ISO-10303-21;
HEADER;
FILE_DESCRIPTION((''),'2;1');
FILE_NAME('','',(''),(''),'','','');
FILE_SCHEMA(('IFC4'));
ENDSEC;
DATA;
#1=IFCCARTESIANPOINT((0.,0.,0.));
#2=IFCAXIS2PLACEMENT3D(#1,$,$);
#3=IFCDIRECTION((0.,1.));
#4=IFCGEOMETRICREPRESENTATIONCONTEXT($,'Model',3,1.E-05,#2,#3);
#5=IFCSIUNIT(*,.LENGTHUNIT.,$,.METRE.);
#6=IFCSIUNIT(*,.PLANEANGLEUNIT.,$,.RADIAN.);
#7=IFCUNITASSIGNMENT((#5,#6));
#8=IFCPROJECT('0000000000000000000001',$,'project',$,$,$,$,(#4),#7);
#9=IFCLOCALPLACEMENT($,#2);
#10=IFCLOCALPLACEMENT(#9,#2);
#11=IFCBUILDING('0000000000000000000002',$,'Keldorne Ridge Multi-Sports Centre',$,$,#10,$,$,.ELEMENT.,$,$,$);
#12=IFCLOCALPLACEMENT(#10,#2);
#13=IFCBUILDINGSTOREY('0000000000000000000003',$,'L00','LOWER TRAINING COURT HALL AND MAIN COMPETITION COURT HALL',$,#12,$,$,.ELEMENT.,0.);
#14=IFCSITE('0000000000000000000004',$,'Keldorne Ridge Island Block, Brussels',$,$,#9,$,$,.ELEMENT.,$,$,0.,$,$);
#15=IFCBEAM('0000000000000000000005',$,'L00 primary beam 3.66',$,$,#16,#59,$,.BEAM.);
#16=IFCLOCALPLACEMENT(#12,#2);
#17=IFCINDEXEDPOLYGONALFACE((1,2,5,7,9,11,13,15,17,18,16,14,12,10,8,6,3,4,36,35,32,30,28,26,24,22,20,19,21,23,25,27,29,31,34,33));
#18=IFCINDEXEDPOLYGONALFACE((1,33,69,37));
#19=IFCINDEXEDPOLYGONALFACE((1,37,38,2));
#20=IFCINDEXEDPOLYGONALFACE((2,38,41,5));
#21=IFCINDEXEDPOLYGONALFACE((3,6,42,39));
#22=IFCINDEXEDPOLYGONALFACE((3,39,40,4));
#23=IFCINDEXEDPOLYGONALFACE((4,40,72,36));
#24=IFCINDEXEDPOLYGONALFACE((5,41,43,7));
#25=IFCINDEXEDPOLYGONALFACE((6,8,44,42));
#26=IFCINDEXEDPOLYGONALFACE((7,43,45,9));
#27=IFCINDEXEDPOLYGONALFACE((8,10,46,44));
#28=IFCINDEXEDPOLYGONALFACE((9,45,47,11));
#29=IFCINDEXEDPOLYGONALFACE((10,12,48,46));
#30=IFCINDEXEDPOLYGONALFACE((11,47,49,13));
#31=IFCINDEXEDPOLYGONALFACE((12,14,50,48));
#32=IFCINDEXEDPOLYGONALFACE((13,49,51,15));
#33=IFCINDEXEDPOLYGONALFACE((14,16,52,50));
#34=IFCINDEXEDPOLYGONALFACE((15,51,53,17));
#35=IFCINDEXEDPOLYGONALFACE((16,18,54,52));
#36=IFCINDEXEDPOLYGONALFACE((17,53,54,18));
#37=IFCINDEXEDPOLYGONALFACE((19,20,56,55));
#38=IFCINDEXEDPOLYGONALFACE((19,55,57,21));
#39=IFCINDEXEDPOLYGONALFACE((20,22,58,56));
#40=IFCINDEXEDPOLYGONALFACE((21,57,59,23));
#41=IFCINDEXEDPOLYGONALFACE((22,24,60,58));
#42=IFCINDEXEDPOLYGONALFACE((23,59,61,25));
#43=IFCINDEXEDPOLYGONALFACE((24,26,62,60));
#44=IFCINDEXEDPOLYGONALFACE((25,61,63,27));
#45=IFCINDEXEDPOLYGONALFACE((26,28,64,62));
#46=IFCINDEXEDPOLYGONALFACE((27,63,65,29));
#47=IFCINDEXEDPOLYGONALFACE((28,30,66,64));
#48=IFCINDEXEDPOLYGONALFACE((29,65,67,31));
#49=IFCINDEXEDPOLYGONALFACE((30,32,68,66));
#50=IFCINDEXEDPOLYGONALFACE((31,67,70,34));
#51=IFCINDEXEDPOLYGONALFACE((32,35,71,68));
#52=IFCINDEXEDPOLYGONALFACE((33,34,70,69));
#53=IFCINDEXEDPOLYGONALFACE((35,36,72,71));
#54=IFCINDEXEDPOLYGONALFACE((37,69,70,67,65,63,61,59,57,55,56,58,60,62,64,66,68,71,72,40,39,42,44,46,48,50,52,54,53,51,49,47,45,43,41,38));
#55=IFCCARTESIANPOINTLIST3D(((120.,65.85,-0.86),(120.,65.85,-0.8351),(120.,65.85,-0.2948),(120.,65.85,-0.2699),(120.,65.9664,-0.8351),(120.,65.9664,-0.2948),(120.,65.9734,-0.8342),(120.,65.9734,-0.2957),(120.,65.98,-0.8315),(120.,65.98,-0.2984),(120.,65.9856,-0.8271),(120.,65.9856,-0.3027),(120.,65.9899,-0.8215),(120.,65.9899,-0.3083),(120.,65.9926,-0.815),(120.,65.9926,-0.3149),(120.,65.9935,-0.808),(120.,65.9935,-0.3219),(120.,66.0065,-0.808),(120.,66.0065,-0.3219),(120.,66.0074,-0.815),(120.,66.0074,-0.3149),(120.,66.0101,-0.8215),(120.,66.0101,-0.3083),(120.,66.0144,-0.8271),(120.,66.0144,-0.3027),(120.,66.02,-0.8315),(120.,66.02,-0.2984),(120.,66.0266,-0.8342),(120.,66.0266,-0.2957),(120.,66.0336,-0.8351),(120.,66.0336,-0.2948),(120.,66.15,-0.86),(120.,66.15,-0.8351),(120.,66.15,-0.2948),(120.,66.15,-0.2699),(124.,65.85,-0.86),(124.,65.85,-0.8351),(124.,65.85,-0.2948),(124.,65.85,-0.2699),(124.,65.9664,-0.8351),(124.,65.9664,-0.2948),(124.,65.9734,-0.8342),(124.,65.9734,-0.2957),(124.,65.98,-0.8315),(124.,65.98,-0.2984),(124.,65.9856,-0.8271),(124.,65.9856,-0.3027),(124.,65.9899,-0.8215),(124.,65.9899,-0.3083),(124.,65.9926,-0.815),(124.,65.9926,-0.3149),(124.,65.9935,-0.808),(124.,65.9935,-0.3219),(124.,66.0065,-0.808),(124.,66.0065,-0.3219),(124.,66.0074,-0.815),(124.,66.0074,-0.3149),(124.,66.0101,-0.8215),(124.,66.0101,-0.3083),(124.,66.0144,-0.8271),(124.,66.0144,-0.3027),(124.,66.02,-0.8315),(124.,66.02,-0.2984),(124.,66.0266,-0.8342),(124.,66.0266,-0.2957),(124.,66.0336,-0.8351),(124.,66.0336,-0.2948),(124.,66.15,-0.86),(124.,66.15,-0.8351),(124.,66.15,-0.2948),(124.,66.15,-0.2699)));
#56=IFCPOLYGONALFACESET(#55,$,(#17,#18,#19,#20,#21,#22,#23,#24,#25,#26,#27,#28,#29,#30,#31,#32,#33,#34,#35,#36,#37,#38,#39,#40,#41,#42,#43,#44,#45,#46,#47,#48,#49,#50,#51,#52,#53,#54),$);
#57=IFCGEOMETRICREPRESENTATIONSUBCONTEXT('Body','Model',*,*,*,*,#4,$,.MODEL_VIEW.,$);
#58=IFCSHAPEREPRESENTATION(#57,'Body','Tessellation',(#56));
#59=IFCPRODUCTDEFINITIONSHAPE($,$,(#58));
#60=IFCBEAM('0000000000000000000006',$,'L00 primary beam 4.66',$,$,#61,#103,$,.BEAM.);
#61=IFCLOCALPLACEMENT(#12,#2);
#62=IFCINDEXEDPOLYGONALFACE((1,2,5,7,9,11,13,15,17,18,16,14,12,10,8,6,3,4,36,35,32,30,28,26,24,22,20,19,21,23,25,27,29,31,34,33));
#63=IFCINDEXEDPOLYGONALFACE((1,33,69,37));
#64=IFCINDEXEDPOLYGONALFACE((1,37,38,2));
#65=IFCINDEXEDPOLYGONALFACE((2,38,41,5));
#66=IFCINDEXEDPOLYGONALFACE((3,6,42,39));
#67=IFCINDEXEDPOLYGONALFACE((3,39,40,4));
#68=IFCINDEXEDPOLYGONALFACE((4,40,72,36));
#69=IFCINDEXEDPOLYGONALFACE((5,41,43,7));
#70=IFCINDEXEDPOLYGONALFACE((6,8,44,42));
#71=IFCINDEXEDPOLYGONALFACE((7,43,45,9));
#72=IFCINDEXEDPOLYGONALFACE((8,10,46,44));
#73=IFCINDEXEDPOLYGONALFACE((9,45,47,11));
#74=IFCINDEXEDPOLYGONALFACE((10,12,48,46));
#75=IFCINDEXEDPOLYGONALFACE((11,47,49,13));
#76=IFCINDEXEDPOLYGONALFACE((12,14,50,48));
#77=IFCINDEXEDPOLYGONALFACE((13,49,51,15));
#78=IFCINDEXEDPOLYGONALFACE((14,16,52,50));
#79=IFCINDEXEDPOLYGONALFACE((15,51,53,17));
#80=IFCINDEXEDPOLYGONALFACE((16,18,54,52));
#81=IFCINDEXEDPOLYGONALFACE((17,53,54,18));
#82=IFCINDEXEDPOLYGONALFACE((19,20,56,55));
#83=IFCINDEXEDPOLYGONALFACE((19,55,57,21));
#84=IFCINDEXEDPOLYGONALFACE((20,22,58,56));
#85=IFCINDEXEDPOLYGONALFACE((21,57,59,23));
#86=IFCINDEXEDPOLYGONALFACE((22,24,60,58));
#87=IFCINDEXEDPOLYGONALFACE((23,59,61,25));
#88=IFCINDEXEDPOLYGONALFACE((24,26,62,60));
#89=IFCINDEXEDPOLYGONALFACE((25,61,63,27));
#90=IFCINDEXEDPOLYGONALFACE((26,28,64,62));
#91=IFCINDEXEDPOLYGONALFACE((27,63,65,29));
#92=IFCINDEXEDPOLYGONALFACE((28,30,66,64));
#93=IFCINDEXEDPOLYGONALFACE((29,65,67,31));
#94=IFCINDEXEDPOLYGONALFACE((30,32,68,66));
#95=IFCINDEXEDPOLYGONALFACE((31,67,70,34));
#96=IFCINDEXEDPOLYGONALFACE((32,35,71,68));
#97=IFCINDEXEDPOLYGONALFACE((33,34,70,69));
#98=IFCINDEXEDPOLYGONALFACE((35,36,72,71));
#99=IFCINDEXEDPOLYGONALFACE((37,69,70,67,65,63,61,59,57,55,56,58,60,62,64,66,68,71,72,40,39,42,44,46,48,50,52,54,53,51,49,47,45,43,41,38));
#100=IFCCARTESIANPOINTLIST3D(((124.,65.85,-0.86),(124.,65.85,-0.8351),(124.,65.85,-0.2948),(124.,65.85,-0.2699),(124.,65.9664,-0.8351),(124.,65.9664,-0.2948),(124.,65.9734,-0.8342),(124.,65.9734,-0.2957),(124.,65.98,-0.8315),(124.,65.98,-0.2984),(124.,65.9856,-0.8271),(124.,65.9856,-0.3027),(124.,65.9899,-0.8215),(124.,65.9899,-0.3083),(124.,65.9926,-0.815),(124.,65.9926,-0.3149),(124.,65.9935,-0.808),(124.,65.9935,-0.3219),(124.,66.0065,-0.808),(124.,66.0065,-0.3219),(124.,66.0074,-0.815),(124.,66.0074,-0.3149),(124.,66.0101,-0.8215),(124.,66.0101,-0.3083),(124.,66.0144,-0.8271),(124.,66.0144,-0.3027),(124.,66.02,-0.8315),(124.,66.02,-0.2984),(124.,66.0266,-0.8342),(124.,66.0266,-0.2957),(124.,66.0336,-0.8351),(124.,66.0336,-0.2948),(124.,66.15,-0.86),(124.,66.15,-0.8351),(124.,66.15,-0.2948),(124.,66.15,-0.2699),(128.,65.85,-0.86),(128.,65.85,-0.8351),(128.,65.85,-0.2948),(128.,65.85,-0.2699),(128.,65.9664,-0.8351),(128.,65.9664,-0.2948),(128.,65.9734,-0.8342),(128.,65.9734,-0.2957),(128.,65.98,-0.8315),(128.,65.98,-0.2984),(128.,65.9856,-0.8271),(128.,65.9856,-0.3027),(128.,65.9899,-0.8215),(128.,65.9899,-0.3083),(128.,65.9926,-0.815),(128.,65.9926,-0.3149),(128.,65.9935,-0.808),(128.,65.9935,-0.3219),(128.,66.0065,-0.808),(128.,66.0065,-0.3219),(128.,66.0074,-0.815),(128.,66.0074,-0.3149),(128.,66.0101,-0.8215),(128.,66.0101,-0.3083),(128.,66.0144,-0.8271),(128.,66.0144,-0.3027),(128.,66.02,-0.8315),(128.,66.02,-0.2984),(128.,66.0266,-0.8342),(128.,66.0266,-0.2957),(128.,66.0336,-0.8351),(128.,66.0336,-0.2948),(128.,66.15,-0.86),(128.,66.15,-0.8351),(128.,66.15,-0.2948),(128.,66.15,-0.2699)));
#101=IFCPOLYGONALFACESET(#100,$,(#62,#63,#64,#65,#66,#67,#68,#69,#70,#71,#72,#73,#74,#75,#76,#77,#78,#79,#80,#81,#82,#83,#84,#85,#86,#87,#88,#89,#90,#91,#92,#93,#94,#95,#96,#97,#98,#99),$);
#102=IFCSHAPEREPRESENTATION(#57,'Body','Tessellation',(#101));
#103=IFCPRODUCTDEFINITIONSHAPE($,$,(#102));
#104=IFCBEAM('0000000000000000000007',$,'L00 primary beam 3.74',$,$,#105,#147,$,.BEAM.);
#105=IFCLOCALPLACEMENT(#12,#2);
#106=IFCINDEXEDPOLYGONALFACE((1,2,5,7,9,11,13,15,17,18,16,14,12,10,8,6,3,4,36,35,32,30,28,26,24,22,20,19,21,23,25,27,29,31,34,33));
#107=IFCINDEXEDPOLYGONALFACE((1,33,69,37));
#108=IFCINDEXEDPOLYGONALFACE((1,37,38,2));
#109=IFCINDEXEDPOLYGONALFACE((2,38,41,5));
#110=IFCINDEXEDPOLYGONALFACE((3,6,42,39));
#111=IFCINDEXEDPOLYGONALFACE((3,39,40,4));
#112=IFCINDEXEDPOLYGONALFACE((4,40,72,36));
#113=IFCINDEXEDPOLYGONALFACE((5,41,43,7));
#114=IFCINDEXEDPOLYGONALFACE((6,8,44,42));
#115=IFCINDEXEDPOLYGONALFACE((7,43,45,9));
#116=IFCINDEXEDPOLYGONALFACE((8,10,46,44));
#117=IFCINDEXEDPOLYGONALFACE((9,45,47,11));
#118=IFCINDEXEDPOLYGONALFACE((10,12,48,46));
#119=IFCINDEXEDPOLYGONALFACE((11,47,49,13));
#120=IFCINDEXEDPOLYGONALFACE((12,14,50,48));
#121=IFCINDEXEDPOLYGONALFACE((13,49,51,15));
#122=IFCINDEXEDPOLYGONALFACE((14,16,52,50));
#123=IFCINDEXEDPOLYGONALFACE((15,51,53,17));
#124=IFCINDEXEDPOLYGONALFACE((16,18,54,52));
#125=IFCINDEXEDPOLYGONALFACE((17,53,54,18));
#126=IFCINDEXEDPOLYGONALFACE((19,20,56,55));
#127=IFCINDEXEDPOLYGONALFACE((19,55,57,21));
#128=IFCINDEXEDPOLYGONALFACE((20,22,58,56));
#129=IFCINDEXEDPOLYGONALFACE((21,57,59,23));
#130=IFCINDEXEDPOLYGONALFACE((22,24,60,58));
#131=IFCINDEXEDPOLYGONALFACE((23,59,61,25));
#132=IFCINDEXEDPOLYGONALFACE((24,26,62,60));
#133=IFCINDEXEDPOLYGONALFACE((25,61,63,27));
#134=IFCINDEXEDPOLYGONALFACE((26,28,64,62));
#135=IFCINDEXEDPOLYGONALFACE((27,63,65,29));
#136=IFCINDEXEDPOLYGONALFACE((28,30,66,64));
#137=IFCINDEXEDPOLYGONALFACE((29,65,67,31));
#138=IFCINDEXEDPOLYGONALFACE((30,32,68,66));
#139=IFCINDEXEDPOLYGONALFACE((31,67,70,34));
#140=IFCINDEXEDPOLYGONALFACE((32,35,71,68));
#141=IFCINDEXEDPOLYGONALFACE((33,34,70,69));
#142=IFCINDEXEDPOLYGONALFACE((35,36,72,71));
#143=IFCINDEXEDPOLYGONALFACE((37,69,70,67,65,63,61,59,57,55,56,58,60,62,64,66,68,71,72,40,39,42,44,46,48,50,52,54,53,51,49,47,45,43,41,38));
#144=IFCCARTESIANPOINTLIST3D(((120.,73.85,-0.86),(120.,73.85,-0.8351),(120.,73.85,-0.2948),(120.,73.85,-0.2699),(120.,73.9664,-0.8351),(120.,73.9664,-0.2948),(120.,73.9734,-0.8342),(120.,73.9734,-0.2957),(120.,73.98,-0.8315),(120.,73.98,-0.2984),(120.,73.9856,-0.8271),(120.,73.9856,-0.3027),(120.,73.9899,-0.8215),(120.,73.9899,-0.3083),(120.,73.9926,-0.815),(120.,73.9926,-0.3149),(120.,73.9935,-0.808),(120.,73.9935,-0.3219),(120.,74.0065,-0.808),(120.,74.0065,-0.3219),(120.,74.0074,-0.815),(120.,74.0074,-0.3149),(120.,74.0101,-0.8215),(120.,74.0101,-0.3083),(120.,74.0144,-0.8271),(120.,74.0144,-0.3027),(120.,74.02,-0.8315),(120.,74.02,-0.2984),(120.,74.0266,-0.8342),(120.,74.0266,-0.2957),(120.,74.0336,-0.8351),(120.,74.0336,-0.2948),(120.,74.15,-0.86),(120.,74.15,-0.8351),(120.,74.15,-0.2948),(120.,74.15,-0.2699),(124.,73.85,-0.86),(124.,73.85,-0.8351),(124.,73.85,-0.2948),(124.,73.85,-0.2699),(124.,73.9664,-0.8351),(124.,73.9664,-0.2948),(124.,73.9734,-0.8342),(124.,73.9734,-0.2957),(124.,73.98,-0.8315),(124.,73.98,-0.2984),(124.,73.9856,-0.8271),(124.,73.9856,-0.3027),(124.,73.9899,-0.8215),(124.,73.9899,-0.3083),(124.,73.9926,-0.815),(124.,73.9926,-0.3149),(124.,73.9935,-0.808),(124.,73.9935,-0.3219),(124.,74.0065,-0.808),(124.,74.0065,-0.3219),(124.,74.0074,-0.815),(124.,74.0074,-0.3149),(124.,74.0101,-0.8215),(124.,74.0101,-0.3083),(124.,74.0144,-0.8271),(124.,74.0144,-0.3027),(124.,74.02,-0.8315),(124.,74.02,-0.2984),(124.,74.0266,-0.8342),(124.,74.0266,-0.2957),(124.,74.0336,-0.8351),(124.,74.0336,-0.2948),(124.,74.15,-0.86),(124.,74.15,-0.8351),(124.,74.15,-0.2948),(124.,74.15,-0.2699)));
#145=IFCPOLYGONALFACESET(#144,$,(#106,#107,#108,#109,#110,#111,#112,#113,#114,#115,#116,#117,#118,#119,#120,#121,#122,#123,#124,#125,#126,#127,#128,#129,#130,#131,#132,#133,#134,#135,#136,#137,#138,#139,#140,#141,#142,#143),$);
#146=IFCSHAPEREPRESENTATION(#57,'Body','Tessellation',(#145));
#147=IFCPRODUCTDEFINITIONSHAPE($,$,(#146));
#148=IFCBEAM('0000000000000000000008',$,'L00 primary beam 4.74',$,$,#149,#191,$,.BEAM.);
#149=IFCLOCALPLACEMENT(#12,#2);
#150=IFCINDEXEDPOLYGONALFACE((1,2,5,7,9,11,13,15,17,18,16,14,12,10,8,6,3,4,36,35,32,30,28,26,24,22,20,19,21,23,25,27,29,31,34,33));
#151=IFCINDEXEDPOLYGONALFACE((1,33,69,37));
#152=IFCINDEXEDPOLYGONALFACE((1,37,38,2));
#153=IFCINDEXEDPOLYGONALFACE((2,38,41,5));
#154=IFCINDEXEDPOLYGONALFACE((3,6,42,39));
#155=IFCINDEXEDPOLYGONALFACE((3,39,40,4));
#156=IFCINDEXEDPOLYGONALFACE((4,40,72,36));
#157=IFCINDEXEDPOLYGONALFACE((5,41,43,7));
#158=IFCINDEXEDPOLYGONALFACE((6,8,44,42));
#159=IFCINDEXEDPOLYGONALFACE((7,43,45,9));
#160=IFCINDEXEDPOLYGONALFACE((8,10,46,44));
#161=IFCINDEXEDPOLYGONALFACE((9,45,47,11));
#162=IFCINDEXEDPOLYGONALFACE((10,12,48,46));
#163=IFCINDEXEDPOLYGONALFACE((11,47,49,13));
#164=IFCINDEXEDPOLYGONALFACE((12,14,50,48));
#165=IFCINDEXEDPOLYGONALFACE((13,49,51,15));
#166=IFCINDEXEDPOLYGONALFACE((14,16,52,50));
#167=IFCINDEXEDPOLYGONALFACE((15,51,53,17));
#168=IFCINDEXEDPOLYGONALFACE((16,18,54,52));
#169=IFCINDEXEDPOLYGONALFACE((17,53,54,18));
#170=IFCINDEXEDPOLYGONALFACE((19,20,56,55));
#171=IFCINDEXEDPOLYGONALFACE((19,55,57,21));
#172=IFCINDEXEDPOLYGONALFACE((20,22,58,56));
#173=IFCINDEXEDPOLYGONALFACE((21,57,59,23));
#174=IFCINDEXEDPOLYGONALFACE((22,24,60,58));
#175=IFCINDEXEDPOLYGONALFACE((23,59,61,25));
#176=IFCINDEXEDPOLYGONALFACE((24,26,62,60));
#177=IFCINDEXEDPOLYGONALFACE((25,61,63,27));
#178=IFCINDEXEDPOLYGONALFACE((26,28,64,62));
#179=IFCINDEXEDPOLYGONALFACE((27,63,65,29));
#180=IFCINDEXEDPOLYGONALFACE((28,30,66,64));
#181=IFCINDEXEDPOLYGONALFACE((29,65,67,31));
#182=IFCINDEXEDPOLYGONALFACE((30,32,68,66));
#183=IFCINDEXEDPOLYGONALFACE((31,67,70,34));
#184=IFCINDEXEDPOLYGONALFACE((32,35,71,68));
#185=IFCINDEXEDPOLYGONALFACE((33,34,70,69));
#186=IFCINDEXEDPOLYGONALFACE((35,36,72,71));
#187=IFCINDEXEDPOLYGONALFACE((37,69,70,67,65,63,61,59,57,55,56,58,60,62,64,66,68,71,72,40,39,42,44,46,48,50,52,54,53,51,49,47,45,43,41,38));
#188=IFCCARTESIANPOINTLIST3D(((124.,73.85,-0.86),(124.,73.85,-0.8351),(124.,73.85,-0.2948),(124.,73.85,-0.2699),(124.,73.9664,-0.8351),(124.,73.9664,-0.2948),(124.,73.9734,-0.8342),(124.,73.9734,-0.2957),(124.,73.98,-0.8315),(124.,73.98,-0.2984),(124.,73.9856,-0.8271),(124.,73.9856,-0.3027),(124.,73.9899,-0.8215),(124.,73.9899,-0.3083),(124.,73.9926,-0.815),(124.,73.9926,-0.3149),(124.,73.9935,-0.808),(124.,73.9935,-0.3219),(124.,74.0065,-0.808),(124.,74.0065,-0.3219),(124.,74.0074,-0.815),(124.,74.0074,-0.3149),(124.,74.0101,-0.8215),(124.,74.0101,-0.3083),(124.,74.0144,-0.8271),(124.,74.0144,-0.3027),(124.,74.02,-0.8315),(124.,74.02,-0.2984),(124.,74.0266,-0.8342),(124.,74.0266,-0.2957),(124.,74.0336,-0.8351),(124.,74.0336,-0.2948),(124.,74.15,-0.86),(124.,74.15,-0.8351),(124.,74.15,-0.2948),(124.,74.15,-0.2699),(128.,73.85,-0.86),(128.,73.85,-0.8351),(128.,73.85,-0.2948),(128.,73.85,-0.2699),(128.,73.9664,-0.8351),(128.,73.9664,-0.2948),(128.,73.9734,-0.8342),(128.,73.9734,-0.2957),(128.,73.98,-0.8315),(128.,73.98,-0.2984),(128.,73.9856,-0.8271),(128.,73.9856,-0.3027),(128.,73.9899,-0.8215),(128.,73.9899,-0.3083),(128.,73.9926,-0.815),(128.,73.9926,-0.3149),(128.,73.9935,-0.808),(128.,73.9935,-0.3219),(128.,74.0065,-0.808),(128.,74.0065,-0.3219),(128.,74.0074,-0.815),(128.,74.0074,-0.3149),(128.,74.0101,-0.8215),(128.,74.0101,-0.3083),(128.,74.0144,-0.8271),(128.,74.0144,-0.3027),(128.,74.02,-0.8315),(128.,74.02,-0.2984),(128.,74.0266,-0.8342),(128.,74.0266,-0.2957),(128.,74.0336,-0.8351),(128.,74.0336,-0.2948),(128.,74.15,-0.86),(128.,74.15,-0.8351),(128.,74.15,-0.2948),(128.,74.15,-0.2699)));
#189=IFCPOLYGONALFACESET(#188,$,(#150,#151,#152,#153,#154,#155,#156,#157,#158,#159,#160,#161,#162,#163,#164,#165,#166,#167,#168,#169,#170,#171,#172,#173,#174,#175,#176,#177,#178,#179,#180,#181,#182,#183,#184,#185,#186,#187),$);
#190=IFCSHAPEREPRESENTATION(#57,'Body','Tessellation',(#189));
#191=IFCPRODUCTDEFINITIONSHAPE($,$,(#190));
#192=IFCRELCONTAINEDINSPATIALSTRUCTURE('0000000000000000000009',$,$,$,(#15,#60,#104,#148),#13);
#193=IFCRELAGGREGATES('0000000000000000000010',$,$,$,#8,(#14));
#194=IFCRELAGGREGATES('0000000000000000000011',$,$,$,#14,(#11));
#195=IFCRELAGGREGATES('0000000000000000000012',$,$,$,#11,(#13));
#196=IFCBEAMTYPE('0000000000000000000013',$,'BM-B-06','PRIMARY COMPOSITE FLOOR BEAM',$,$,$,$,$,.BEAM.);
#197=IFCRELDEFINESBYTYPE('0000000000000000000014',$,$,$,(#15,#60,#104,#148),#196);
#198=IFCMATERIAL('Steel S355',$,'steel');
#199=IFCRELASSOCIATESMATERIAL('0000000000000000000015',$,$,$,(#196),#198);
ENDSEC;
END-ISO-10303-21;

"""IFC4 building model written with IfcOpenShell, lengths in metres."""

from ifc_helpers import new_model, si_unit, direction, frame, origin, origin_2d, place, context, subcontext, project, spatial, i_section, extrude, material, material_profile, profile_set, type_object, element, save


model = new_model("IFC4")

# Units and contexts
model_context = context("Model", 3, precision=1e-05, world=origin(), true_north=direction((0.0, 1.0)))
body_context = subcontext(model_context, "Body", "Model", "MODEL_VIEW")
ifc_project = project(units=[si_unit("LENGTHUNIT", "METRE"), si_unit("PLANEANGLEUNIT", "RADIAN")], contexts=[model_context])

# Site, building, storey
site_placement = place(None, origin())
site = spatial("IfcSite", under=ifc_project, at=site_placement, Name="Keldorne Ridge Island Block, Brussels", CompositionType="ELEMENT", RefElevation=0.0)
building_placement = place(site_placement, origin())
building = spatial("IfcBuilding", under=site, at=building_placement, Name="Keldorne Ridge Multi-Sports Centre", CompositionType="ELEMENT")
storey_placement = place(building_placement, origin())
storey = spatial("IfcBuildingStorey", under=building, at=storey_placement, Name="L00", Description="LOWER TRAINING COURT HALL AND MAIN COMPETITION COURT HALL", CompositionType="ELEMENT", Elevation=0.0)

# Shared definitions
ifc_material_1 = material(Name="Steel S355", Category="steel")

# Beams
ifc_material_profile_1 = material_profile(ifc_material_1, i_section(OverallWidth=0.3, OverallDepth=0.5901, WebThickness=0.0129, FlangeThickness=0.0249, FilletRadius=0.0271, at=origin_2d()), Name="HEA 600")
ifc_profile_set_1 = profile_set([ifc_material_profile_1], Name="Steel S355")
beam_type_1 = type_object("IfcBeamType", Name="BM-B-06", Description="PRIMARY COMPOSITE FLOOR BEAM", PredefinedType="BEAM", material=ifc_profile_set_1)
for number, where, z_axis, x_axis, name in (
    (1, (120.0, 66.0, -0.5649), (1.0, 0.0, 0.0), (0.0, 1.0, 0.0), "L00 primary beam 3.66"),
    (2, (124.0, 66.0, -0.5649), (1.0, 0.0, 0.0), (0.0, 1.0, 0.0), "L00 primary beam 4.66"),
    (3, (120.0, 74.0, -0.5649), (1.0, 0.0, 0.0), (0.0, 1.0, 0.0), "L00 primary beam 3.74"),
    (4, (124.0, 74.0, -0.5649), (1.0, 0.0, 0.0), (0.0, 1.0, 0.0), "L00 primary beam 4.74"),
):
    element("IfcBeam", number, at=place(storey_placement, frame(where, z_axis=z_axis, x_axis=x_axis)), inside=storey, type_object=beam_type_1, Name=name, PredefinedType="BEAM", context=body_context, shape_type="SweptSolid", body=[
        extrude(i_section(OverallWidth=0.3, OverallDepth=0.5901, WebThickness=0.0129, FlangeThickness=0.0249, FilletRadius=0.0271, at=origin_2d()), origin(), (0.0, 0.0, 1.0), 4.0),
    ])

save(model, "model.ifc")
